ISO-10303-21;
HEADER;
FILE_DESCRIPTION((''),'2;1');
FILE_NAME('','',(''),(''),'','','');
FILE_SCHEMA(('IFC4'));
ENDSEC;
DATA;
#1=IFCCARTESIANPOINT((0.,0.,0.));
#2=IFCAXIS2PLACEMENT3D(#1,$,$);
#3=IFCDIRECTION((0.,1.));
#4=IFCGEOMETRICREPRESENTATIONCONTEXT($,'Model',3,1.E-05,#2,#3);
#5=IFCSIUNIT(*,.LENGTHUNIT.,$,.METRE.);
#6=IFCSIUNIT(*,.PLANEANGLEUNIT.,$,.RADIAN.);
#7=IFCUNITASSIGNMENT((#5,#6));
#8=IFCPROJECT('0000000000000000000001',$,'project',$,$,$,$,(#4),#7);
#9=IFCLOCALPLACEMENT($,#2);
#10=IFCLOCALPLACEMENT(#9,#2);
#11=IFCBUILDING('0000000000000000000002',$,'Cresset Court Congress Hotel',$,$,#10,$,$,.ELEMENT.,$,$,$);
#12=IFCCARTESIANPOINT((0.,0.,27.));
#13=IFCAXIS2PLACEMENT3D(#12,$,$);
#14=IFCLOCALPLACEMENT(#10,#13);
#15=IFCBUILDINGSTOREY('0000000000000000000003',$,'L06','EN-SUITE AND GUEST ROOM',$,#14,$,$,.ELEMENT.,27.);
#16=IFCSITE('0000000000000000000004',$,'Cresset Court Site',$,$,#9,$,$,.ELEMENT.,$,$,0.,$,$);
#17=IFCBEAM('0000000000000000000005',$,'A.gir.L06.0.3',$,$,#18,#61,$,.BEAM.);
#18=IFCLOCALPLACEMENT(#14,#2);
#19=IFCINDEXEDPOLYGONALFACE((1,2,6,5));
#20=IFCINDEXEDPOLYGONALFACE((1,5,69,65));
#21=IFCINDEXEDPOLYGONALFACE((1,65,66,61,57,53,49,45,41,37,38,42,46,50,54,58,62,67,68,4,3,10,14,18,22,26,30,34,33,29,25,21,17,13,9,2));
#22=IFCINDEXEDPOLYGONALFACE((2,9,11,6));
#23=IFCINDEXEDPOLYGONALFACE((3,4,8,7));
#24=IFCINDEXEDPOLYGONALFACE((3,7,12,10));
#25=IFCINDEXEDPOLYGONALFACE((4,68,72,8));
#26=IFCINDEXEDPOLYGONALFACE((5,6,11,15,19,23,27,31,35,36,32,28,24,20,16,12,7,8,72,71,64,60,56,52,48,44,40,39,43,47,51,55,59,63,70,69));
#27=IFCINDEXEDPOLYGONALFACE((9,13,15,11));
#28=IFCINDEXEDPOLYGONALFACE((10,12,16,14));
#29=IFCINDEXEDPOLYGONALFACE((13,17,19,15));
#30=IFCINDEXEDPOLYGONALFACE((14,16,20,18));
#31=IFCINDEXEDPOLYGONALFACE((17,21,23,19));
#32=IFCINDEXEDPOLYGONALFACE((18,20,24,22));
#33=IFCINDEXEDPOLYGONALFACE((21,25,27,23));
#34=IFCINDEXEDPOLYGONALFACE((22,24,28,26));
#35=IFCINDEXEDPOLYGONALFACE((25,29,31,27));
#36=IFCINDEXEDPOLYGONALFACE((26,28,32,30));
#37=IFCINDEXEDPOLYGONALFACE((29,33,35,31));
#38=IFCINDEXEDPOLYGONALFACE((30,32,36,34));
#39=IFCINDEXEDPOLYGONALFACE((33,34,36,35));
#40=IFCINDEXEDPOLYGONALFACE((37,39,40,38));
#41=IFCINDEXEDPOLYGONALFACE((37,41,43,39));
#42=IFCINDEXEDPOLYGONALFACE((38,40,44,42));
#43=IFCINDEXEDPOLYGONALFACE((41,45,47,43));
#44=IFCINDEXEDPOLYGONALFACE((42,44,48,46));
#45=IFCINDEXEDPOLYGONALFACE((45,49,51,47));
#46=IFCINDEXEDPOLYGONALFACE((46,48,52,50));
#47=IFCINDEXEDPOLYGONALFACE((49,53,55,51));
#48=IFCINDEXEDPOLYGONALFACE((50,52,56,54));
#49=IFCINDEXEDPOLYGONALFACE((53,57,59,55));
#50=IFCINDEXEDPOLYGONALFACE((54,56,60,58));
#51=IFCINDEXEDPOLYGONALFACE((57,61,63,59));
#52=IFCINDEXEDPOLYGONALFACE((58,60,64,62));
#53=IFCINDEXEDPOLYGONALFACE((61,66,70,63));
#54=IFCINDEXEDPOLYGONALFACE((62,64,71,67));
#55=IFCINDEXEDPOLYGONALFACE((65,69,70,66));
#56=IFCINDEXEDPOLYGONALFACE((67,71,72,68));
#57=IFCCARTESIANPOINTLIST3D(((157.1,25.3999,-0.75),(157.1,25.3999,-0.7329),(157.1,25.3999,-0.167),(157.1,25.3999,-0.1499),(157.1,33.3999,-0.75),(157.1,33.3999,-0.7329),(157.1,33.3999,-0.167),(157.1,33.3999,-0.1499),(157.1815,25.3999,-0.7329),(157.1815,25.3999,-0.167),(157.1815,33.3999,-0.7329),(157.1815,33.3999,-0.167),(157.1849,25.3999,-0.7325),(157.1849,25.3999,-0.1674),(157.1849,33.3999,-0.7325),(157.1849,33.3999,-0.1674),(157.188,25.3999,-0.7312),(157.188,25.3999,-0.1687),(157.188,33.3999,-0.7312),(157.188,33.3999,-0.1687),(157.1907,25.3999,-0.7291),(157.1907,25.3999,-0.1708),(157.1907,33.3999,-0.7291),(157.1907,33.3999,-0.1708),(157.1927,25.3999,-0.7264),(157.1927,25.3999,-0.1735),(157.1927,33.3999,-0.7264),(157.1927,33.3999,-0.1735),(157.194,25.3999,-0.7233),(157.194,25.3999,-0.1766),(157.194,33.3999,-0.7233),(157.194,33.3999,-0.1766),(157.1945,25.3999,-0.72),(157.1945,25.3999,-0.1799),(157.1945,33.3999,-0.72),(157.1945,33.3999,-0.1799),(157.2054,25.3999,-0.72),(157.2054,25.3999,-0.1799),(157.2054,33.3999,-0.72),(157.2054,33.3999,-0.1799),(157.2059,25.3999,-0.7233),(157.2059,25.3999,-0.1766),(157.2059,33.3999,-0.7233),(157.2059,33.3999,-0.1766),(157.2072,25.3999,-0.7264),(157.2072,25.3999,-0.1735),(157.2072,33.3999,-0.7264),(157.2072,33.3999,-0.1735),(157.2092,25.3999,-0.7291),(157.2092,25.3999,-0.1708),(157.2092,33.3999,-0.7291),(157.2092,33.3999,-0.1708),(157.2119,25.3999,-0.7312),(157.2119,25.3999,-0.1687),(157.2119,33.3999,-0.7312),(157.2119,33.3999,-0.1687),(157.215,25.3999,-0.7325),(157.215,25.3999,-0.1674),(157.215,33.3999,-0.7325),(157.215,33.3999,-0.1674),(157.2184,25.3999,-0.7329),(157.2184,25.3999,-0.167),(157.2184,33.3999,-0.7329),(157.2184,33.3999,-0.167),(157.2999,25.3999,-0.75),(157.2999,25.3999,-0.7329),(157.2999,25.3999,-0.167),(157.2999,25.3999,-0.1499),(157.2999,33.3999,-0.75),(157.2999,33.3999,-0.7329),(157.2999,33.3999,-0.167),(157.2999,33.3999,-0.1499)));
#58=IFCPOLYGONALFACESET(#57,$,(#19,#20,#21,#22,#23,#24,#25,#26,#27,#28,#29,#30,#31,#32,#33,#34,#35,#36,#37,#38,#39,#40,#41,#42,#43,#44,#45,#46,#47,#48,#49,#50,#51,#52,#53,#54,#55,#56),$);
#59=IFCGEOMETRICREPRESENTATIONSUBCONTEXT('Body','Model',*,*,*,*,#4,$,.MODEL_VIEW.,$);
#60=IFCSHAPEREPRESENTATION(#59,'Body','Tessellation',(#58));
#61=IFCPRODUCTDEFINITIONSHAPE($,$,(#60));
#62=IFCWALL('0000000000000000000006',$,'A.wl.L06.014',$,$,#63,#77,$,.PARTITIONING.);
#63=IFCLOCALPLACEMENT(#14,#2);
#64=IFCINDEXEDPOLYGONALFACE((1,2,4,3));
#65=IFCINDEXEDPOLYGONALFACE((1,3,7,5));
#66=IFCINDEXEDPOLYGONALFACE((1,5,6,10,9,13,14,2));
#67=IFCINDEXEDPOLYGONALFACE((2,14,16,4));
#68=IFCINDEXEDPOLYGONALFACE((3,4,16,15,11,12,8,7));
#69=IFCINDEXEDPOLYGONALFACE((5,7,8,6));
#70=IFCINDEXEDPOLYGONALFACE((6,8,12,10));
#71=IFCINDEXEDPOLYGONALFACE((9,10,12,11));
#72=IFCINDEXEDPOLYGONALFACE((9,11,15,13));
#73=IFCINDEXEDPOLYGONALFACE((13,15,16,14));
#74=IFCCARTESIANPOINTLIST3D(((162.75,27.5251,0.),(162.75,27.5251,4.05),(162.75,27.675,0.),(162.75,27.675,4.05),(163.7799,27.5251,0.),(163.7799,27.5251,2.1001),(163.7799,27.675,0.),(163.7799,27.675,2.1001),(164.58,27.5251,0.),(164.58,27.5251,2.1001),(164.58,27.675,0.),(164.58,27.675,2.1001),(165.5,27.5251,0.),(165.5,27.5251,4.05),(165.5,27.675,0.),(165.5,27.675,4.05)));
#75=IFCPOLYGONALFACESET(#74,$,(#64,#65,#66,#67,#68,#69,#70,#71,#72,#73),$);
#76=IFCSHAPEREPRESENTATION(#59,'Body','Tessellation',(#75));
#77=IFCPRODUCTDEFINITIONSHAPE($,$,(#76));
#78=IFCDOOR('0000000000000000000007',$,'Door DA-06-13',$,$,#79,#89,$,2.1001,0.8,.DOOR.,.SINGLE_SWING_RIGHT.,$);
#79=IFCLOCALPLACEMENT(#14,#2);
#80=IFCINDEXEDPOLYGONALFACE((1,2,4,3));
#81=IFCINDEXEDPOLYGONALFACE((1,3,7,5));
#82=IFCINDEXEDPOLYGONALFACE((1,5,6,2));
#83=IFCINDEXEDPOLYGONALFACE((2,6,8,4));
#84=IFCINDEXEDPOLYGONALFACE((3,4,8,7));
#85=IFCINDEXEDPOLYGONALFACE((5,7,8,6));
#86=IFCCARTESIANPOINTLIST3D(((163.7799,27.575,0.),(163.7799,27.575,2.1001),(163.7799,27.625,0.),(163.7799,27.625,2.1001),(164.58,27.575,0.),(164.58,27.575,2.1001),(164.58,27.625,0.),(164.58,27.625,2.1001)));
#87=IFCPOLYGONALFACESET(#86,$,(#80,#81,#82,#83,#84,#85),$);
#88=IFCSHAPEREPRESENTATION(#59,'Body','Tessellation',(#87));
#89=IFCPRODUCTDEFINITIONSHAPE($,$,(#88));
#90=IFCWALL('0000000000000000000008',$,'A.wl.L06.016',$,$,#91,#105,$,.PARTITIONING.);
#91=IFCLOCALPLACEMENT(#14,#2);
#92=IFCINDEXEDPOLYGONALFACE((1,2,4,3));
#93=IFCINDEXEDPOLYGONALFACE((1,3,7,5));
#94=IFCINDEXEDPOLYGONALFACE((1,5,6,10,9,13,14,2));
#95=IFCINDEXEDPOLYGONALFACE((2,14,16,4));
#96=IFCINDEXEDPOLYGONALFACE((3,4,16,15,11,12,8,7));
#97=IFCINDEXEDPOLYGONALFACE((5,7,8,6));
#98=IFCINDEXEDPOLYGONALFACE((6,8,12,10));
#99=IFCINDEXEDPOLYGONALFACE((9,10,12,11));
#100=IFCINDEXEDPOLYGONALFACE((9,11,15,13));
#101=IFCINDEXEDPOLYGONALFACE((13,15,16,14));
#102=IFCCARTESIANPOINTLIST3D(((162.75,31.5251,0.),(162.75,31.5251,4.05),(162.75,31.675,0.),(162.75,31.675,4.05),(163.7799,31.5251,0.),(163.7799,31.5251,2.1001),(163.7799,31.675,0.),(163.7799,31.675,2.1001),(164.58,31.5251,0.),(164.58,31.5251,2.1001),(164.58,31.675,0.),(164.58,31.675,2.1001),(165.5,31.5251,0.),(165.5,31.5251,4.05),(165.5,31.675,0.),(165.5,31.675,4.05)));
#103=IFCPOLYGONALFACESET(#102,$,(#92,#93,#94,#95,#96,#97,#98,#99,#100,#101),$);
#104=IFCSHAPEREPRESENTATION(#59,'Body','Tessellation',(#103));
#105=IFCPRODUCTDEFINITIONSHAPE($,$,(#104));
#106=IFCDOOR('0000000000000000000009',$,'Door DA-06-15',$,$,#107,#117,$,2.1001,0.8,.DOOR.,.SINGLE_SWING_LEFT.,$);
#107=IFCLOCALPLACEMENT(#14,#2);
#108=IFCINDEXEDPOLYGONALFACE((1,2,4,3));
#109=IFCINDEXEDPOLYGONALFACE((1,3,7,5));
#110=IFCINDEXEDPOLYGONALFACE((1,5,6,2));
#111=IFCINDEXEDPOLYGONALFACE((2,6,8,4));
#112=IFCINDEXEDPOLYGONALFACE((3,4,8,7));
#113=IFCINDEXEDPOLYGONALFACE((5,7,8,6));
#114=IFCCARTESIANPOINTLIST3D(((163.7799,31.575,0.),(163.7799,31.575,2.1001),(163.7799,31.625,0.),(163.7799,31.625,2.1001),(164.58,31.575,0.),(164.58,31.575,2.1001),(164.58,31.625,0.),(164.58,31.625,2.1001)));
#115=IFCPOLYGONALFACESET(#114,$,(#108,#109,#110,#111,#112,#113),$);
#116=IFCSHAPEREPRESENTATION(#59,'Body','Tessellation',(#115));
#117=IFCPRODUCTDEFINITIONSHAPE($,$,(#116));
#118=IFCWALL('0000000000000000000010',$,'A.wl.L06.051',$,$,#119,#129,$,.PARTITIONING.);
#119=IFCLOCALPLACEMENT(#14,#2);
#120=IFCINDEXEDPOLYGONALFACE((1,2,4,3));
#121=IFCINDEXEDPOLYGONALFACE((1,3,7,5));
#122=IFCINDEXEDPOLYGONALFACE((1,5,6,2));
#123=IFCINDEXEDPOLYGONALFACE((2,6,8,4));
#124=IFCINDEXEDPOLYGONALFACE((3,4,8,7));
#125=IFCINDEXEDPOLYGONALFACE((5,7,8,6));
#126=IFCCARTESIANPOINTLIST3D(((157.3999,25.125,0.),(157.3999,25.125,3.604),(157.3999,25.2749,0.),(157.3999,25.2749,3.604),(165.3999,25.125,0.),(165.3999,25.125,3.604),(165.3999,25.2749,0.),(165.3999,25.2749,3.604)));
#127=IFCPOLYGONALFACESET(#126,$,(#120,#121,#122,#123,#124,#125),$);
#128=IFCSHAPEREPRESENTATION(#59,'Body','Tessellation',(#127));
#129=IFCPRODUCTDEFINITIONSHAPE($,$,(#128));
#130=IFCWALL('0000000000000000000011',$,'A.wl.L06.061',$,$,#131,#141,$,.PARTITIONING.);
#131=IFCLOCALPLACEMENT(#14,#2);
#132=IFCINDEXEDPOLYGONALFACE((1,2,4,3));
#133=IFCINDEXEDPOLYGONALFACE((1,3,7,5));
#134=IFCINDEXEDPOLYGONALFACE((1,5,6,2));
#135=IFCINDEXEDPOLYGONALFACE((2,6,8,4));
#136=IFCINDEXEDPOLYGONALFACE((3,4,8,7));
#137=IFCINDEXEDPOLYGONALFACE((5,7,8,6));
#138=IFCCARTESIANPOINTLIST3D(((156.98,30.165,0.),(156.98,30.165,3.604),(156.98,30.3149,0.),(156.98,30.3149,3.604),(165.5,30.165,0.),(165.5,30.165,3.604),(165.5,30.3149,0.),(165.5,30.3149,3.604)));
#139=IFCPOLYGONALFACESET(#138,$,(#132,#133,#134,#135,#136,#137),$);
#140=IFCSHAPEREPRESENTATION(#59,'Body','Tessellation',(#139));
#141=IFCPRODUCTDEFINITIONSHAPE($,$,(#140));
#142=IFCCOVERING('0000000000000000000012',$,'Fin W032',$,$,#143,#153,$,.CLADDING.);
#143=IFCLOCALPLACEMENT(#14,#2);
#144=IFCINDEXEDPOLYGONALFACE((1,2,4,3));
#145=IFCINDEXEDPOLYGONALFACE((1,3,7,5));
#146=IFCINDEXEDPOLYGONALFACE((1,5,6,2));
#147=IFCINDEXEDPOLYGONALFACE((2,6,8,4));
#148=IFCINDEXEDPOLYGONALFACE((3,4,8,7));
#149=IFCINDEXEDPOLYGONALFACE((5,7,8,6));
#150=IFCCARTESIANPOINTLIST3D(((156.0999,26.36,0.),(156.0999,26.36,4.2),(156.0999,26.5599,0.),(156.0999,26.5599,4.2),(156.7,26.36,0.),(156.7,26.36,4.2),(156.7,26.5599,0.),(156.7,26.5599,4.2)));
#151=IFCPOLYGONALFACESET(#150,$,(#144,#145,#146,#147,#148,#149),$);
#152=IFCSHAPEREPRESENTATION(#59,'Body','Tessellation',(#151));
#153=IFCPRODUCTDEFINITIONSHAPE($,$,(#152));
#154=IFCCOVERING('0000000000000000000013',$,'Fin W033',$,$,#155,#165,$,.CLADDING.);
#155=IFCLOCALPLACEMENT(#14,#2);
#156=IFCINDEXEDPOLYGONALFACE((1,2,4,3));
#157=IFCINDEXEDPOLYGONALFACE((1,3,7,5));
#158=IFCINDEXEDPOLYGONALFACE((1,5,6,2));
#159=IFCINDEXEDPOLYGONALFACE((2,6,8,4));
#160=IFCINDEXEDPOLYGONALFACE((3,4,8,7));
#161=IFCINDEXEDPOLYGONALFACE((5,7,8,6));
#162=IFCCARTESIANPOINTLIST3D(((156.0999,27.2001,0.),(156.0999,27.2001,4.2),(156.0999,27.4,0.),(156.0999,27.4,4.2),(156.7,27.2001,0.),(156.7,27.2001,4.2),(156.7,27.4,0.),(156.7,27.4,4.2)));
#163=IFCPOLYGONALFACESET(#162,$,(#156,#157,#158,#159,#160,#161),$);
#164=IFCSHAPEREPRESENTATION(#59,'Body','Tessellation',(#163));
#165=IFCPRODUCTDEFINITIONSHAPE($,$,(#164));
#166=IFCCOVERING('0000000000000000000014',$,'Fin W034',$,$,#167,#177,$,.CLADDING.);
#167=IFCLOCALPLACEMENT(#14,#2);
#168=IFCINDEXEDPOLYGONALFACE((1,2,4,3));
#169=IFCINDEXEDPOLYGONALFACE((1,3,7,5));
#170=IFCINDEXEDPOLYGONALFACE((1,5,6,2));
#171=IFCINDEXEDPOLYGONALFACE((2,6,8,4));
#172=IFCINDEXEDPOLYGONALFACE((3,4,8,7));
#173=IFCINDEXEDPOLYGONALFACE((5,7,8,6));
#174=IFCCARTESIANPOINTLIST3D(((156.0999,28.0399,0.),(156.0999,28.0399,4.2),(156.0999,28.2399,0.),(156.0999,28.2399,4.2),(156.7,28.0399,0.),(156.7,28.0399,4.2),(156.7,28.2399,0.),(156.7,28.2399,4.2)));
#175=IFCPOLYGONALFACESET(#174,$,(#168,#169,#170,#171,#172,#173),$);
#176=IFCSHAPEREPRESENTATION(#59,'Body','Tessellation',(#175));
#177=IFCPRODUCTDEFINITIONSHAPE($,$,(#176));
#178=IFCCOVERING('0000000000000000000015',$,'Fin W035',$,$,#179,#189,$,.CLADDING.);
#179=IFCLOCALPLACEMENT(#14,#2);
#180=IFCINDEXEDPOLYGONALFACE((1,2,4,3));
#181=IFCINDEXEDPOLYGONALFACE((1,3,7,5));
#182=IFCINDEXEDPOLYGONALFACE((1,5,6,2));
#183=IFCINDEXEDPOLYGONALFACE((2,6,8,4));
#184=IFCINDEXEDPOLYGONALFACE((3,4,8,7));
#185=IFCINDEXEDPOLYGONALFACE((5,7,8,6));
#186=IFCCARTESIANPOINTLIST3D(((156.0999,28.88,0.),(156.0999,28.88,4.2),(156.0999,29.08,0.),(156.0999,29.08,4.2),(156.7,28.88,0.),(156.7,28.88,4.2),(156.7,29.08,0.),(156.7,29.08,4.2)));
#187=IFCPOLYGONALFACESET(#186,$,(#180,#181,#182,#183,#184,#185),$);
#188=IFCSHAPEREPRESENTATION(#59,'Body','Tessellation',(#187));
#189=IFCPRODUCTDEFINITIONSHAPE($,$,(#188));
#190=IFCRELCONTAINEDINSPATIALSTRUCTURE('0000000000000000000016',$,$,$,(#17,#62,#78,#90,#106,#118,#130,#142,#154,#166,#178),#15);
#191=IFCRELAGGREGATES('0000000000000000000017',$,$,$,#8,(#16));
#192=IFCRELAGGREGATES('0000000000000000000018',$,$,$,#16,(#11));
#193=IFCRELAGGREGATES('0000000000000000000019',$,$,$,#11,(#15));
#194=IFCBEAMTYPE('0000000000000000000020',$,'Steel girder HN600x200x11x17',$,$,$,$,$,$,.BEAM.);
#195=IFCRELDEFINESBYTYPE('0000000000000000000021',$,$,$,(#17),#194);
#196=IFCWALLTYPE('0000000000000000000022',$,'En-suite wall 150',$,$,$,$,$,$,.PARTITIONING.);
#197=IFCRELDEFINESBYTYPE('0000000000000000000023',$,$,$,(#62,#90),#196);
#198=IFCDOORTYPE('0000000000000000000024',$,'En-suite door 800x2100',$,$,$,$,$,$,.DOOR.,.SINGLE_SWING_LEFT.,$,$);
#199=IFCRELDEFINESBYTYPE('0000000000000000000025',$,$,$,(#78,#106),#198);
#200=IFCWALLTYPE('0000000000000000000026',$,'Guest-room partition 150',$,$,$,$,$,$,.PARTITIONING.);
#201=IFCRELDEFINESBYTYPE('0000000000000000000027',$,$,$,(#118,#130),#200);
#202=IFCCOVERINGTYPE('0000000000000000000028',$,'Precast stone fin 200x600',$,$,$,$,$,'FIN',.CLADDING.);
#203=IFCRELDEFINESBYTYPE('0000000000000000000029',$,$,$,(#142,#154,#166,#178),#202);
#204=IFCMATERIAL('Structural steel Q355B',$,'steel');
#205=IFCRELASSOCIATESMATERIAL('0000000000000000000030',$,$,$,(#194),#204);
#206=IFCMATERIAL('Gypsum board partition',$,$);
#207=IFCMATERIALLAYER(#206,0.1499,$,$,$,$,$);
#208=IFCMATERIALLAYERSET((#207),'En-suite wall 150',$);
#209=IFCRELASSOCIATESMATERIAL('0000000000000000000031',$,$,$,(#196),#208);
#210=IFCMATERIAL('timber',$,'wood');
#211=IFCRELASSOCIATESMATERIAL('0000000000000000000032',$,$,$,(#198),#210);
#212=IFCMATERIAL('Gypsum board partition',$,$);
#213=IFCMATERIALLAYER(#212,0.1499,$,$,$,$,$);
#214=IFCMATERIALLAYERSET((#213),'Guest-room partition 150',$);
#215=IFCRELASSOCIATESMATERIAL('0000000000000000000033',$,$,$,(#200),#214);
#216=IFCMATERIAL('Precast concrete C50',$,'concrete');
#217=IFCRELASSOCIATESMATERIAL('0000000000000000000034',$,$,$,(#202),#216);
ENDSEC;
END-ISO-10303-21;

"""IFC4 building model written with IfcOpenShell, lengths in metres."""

from ifc_helpers import new_model, si_unit, direction, frame, frame_2d, origin, origin_2d, place, context, subcontext, project, spatial, rectangle, i_section, extrude, material, layer, layer_set, material_profile, profile_set, type_object, element, fill, save


model = new_model("IFC4")

# Units and contexts
model_context = context("Model", 3, precision=1e-05, world=origin(), true_north=direction((0.0, 1.0)))
body_context = subcontext(model_context, "Body", "Model", "MODEL_VIEW")
ifc_project = project(units=[si_unit("LENGTHUNIT", "METRE"), si_unit("PLANEANGLEUNIT", "RADIAN")], contexts=[model_context])

# Site, building, storey
site_placement = place(None, origin())
site = spatial("IfcSite", under=ifc_project, at=site_placement, Name="Cresset Court Site", CompositionType="ELEMENT", RefElevation=0.0)
building_placement = place(site_placement, origin())
building = spatial("IfcBuilding", under=site, at=building_placement, Name="Cresset Court Congress Hotel", CompositionType="ELEMENT")
storey_placement = place(building_placement, frame((0.0, 0.0, 27.0)))
storey = spatial("IfcBuildingStorey", under=building, at=storey_placement, Name="L06", Description="EN-SUITE AND GUEST ROOM", CompositionType="ELEMENT", Elevation=27.0)

# Beam
ifc_material_1 = material(Name="Structural steel Q355B", Category="steel")
ifc_material_profile_1 = material_profile(ifc_material_1, i_section(OverallWidth=0.2, OverallDepth=0.6001, WebThickness=0.011, FlangeThickness=0.0171, FilletRadius=0.0129, at=origin_2d()), Name="HN600x200x11x17")
ifc_profile_set_1 = profile_set([ifc_material_profile_1], Name="Structural steel Q355B")
beam_type_1 = type_object("IfcBeamType", Name="Steel girder HN600x200x11x17", PredefinedType="BEAM", material=ifc_profile_set_1)
beam_1_placement = place(storey_placement, frame((157.2, 25.3999, -0.45), z_axis=(0.0, 1.0, 0.0), x_axis=(-1.0, 0.0, 0.0)))
element("IfcBeam", 1, at=beam_1_placement, inside=storey, type_object=beam_type_1, Name="A.gir.L06.0.3", PredefinedType="BEAM", context=body_context, shape_type="SweptSolid", body=[
    extrude(i_section(OverallWidth=0.2, OverallDepth=0.6001, WebThickness=0.011, FlangeThickness=0.0171, FilletRadius=0.0129, at=origin_2d()), origin(), (0.0, 0.0, 1.0), 8.0),
])

# Walls, openings, doors
ifc_material_2 = material(Name="Gypsum board partition")
ifc_layer_1 = layer(ifc_material_2, 0.1499)
ifc_layer_set_1 = layer_set([ifc_layer_1], Name="En-suite wall 150")
wall_type_1 = type_object("IfcWallType", Name="En-suite wall 150", PredefinedType="PARTITIONING", material=ifc_layer_set_1)
wall_1_placement = place(storey_placement, frame((162.75, 27.6001, 0.0), z_axis=(0.0, 0.0, 1.0), x_axis=(1.0, 0.0, 0.0)))
wall_1 = element("IfcWall", 2, at=wall_1_placement, inside=storey, type_object=wall_type_1, Name="A.wl.L06.014", PredefinedType="PARTITIONING", context=body_context, shape_type="SweptSolid", body=[
    extrude(rectangle(XDim=2.75, YDim=0.1499, at=frame_2d((1.375, 0.0))), origin(), (0.0, 0.0, 1.0), 4.05),
])
opening_1_placement = place(wall_1_placement, frame((1.03, 0.0, 0.0)))
opening_1 = element("IfcOpeningElement", 3, at=opening_1_placement, cuts=wall_1, PredefinedType="OPENING", context=body_context, shape_type="SweptSolid", body=[
    extrude(rectangle(XDim=0.8, YDim=2.1001, at=frame_2d((0.3999, 1.05))), frame((0.0, 0.085, 0.0), z_axis=(0.0, -1.0, 0.0), x_axis=(1.0, 0.0, 0.0)), (0.0, 0.0, 1.0), 0.1699),
])
ifc_material_3 = material(Name="timber", Category="wood")
door_type = type_object("IfcDoorType", Name="En-suite door 800x2100", OperationType="SINGLE_SWING_LEFT", PredefinedType="DOOR", material=ifc_material_3)
door_1_placement = place(opening_1_placement, origin())
door_1 = element("IfcDoor", 4, at=door_1_placement, inside=storey, type_object=door_type, Name="Door DA-06-13", OperationType="SINGLE_SWING_RIGHT", OverallHeight=2.1001, OverallWidth=0.8, PredefinedType="DOOR", context=body_context, shape_type="SweptSolid", body=[
    extrude(rectangle(XDim=0.8, YDim=2.1001, at=frame_2d((0.3999, 1.05))), frame((0.0, 0.0249, 0.0), z_axis=(0.0, -1.0, 0.0), x_axis=(1.0, 0.0, 0.0)), (0.0, 0.0, 1.0), 0.05),
])
fill(opening_1, door_1)
wall_2_placement = place(storey_placement, frame((162.75, 31.6001, 0.0), z_axis=(0.0, 0.0, 1.0), x_axis=(1.0, 0.0, 0.0)))
wall_2 = element("IfcWall", 5, at=wall_2_placement, inside=storey, type_object=wall_type_1, Name="A.wl.L06.016", PredefinedType="PARTITIONING", context=body_context, shape_type="SweptSolid", body=[
    extrude(rectangle(XDim=2.75, YDim=0.1499, at=frame_2d((1.375, 0.0))), origin(), (0.0, 0.0, 1.0), 4.05),
])
opening_2_placement = place(wall_2_placement, frame((1.03, 0.0, 0.0)))
opening_2 = element("IfcOpeningElement", 6, at=opening_2_placement, cuts=wall_2, PredefinedType="OPENING", context=body_context, shape_type="SweptSolid", body=[
    extrude(rectangle(XDim=0.8, YDim=2.1001, at=frame_2d((0.3999, 1.05))), frame((0.0, 0.085, 0.0), z_axis=(0.0, -1.0, 0.0), x_axis=(1.0, 0.0, 0.0)), (0.0, 0.0, 1.0), 0.1699),
])
door_2_placement = place(opening_2_placement, origin())
door_2 = element("IfcDoor", 7, at=door_2_placement, inside=storey, type_object=door_type, Name="Door DA-06-15", OperationType="SINGLE_SWING_LEFT", OverallHeight=2.1001, OverallWidth=0.8, PredefinedType="DOOR", context=body_context, shape_type="SweptSolid", body=[
    extrude(rectangle(XDim=0.8, YDim=2.1001, at=frame_2d((0.3999, 1.05))), frame((0.0, 0.0249, 0.0), z_axis=(0.0, -1.0, 0.0), x_axis=(1.0, 0.0, 0.0)), (0.0, 0.0, 1.0), 0.05),
])
fill(opening_2, door_2)

# Walls
ifc_material_4 = material(Name="Gypsum board partition")
ifc_layer_2 = layer(ifc_material_4, 0.1499)
ifc_layer_set_2 = layer_set([ifc_layer_2], Name="Guest-room partition 150")
wall_type_2 = type_object("IfcWallType", Name="Guest-room partition 150", PredefinedType="PARTITIONING", material=ifc_layer_set_2)
wall_3_placement = place(storey_placement, frame((157.3999, 25.2, 0.0), z_axis=(0.0, 0.0, 1.0), x_axis=(1.0, 0.0, 0.0)))
element("IfcWall", 8, at=wall_3_placement, inside=storey, type_object=wall_type_2, Name="A.wl.L06.051", PredefinedType="PARTITIONING", context=body_context, shape_type="SweptSolid", body=[
    extrude(rectangle(XDim=8.0, YDim=0.1499, at=frame_2d((4.0, 0.0))), origin(), (0.0, 0.0, 1.0), 3.604),
])
wall_4_placement = place(storey_placement, frame((156.98, 30.24, 0.0), z_axis=(0.0, 0.0, 1.0), x_axis=(1.0, 0.0, 0.0)))
element("IfcWall", 9, at=wall_4_placement, inside=storey, type_object=wall_type_2, Name="A.wl.L06.061", PredefinedType="PARTITIONING", context=body_context, shape_type="SweptSolid", body=[
    extrude(rectangle(XDim=8.52, YDim=0.1499, at=frame_2d((4.26, 0.0))), origin(), (0.0, 0.0, 1.0), 3.604),
])

# Coverings
ifc_material_5 = material(Name="Precast concrete C50", Category="concrete")
covering_type_1 = type_object("IfcCoveringType", Name="Precast stone fin 200x600", ElementType="FIN", PredefinedType="CLADDING", material=ifc_material_5)
for number, where, z_axis, x_axis, name in (
    (10, (156.3999, 26.46, 0.0), (0.0, 0.0, 1.0), (1.0, 0.0, 0.0), "Fin W032"),
    (11, (156.3999, 27.3, 0.0), (0.0, 0.0, 1.0), (1.0, 0.0, 0.0), "Fin W033"),
    (12, (156.3999, 28.1399, 0.0), (0.0, 0.0, 1.0), (1.0, 0.0, 0.0), "Fin W034"),
    (13, (156.3999, 28.98, 0.0), (0.0, 0.0, 1.0), (1.0, 0.0, 0.0), "Fin W035"),
):
    element("IfcCovering", number, at=place(storey_placement, frame(where, z_axis=z_axis, x_axis=x_axis)), inside=storey, type_object=covering_type_1, Name=name, PredefinedType="CLADDING", context=body_context, shape_type="SweptSolid", body=[
        extrude(rectangle(XDim=0.6001, YDim=0.2, at=origin_2d()), origin(), (0.0, 0.0, 1.0), 4.2),
    ])

save(model, "model.ifc")
